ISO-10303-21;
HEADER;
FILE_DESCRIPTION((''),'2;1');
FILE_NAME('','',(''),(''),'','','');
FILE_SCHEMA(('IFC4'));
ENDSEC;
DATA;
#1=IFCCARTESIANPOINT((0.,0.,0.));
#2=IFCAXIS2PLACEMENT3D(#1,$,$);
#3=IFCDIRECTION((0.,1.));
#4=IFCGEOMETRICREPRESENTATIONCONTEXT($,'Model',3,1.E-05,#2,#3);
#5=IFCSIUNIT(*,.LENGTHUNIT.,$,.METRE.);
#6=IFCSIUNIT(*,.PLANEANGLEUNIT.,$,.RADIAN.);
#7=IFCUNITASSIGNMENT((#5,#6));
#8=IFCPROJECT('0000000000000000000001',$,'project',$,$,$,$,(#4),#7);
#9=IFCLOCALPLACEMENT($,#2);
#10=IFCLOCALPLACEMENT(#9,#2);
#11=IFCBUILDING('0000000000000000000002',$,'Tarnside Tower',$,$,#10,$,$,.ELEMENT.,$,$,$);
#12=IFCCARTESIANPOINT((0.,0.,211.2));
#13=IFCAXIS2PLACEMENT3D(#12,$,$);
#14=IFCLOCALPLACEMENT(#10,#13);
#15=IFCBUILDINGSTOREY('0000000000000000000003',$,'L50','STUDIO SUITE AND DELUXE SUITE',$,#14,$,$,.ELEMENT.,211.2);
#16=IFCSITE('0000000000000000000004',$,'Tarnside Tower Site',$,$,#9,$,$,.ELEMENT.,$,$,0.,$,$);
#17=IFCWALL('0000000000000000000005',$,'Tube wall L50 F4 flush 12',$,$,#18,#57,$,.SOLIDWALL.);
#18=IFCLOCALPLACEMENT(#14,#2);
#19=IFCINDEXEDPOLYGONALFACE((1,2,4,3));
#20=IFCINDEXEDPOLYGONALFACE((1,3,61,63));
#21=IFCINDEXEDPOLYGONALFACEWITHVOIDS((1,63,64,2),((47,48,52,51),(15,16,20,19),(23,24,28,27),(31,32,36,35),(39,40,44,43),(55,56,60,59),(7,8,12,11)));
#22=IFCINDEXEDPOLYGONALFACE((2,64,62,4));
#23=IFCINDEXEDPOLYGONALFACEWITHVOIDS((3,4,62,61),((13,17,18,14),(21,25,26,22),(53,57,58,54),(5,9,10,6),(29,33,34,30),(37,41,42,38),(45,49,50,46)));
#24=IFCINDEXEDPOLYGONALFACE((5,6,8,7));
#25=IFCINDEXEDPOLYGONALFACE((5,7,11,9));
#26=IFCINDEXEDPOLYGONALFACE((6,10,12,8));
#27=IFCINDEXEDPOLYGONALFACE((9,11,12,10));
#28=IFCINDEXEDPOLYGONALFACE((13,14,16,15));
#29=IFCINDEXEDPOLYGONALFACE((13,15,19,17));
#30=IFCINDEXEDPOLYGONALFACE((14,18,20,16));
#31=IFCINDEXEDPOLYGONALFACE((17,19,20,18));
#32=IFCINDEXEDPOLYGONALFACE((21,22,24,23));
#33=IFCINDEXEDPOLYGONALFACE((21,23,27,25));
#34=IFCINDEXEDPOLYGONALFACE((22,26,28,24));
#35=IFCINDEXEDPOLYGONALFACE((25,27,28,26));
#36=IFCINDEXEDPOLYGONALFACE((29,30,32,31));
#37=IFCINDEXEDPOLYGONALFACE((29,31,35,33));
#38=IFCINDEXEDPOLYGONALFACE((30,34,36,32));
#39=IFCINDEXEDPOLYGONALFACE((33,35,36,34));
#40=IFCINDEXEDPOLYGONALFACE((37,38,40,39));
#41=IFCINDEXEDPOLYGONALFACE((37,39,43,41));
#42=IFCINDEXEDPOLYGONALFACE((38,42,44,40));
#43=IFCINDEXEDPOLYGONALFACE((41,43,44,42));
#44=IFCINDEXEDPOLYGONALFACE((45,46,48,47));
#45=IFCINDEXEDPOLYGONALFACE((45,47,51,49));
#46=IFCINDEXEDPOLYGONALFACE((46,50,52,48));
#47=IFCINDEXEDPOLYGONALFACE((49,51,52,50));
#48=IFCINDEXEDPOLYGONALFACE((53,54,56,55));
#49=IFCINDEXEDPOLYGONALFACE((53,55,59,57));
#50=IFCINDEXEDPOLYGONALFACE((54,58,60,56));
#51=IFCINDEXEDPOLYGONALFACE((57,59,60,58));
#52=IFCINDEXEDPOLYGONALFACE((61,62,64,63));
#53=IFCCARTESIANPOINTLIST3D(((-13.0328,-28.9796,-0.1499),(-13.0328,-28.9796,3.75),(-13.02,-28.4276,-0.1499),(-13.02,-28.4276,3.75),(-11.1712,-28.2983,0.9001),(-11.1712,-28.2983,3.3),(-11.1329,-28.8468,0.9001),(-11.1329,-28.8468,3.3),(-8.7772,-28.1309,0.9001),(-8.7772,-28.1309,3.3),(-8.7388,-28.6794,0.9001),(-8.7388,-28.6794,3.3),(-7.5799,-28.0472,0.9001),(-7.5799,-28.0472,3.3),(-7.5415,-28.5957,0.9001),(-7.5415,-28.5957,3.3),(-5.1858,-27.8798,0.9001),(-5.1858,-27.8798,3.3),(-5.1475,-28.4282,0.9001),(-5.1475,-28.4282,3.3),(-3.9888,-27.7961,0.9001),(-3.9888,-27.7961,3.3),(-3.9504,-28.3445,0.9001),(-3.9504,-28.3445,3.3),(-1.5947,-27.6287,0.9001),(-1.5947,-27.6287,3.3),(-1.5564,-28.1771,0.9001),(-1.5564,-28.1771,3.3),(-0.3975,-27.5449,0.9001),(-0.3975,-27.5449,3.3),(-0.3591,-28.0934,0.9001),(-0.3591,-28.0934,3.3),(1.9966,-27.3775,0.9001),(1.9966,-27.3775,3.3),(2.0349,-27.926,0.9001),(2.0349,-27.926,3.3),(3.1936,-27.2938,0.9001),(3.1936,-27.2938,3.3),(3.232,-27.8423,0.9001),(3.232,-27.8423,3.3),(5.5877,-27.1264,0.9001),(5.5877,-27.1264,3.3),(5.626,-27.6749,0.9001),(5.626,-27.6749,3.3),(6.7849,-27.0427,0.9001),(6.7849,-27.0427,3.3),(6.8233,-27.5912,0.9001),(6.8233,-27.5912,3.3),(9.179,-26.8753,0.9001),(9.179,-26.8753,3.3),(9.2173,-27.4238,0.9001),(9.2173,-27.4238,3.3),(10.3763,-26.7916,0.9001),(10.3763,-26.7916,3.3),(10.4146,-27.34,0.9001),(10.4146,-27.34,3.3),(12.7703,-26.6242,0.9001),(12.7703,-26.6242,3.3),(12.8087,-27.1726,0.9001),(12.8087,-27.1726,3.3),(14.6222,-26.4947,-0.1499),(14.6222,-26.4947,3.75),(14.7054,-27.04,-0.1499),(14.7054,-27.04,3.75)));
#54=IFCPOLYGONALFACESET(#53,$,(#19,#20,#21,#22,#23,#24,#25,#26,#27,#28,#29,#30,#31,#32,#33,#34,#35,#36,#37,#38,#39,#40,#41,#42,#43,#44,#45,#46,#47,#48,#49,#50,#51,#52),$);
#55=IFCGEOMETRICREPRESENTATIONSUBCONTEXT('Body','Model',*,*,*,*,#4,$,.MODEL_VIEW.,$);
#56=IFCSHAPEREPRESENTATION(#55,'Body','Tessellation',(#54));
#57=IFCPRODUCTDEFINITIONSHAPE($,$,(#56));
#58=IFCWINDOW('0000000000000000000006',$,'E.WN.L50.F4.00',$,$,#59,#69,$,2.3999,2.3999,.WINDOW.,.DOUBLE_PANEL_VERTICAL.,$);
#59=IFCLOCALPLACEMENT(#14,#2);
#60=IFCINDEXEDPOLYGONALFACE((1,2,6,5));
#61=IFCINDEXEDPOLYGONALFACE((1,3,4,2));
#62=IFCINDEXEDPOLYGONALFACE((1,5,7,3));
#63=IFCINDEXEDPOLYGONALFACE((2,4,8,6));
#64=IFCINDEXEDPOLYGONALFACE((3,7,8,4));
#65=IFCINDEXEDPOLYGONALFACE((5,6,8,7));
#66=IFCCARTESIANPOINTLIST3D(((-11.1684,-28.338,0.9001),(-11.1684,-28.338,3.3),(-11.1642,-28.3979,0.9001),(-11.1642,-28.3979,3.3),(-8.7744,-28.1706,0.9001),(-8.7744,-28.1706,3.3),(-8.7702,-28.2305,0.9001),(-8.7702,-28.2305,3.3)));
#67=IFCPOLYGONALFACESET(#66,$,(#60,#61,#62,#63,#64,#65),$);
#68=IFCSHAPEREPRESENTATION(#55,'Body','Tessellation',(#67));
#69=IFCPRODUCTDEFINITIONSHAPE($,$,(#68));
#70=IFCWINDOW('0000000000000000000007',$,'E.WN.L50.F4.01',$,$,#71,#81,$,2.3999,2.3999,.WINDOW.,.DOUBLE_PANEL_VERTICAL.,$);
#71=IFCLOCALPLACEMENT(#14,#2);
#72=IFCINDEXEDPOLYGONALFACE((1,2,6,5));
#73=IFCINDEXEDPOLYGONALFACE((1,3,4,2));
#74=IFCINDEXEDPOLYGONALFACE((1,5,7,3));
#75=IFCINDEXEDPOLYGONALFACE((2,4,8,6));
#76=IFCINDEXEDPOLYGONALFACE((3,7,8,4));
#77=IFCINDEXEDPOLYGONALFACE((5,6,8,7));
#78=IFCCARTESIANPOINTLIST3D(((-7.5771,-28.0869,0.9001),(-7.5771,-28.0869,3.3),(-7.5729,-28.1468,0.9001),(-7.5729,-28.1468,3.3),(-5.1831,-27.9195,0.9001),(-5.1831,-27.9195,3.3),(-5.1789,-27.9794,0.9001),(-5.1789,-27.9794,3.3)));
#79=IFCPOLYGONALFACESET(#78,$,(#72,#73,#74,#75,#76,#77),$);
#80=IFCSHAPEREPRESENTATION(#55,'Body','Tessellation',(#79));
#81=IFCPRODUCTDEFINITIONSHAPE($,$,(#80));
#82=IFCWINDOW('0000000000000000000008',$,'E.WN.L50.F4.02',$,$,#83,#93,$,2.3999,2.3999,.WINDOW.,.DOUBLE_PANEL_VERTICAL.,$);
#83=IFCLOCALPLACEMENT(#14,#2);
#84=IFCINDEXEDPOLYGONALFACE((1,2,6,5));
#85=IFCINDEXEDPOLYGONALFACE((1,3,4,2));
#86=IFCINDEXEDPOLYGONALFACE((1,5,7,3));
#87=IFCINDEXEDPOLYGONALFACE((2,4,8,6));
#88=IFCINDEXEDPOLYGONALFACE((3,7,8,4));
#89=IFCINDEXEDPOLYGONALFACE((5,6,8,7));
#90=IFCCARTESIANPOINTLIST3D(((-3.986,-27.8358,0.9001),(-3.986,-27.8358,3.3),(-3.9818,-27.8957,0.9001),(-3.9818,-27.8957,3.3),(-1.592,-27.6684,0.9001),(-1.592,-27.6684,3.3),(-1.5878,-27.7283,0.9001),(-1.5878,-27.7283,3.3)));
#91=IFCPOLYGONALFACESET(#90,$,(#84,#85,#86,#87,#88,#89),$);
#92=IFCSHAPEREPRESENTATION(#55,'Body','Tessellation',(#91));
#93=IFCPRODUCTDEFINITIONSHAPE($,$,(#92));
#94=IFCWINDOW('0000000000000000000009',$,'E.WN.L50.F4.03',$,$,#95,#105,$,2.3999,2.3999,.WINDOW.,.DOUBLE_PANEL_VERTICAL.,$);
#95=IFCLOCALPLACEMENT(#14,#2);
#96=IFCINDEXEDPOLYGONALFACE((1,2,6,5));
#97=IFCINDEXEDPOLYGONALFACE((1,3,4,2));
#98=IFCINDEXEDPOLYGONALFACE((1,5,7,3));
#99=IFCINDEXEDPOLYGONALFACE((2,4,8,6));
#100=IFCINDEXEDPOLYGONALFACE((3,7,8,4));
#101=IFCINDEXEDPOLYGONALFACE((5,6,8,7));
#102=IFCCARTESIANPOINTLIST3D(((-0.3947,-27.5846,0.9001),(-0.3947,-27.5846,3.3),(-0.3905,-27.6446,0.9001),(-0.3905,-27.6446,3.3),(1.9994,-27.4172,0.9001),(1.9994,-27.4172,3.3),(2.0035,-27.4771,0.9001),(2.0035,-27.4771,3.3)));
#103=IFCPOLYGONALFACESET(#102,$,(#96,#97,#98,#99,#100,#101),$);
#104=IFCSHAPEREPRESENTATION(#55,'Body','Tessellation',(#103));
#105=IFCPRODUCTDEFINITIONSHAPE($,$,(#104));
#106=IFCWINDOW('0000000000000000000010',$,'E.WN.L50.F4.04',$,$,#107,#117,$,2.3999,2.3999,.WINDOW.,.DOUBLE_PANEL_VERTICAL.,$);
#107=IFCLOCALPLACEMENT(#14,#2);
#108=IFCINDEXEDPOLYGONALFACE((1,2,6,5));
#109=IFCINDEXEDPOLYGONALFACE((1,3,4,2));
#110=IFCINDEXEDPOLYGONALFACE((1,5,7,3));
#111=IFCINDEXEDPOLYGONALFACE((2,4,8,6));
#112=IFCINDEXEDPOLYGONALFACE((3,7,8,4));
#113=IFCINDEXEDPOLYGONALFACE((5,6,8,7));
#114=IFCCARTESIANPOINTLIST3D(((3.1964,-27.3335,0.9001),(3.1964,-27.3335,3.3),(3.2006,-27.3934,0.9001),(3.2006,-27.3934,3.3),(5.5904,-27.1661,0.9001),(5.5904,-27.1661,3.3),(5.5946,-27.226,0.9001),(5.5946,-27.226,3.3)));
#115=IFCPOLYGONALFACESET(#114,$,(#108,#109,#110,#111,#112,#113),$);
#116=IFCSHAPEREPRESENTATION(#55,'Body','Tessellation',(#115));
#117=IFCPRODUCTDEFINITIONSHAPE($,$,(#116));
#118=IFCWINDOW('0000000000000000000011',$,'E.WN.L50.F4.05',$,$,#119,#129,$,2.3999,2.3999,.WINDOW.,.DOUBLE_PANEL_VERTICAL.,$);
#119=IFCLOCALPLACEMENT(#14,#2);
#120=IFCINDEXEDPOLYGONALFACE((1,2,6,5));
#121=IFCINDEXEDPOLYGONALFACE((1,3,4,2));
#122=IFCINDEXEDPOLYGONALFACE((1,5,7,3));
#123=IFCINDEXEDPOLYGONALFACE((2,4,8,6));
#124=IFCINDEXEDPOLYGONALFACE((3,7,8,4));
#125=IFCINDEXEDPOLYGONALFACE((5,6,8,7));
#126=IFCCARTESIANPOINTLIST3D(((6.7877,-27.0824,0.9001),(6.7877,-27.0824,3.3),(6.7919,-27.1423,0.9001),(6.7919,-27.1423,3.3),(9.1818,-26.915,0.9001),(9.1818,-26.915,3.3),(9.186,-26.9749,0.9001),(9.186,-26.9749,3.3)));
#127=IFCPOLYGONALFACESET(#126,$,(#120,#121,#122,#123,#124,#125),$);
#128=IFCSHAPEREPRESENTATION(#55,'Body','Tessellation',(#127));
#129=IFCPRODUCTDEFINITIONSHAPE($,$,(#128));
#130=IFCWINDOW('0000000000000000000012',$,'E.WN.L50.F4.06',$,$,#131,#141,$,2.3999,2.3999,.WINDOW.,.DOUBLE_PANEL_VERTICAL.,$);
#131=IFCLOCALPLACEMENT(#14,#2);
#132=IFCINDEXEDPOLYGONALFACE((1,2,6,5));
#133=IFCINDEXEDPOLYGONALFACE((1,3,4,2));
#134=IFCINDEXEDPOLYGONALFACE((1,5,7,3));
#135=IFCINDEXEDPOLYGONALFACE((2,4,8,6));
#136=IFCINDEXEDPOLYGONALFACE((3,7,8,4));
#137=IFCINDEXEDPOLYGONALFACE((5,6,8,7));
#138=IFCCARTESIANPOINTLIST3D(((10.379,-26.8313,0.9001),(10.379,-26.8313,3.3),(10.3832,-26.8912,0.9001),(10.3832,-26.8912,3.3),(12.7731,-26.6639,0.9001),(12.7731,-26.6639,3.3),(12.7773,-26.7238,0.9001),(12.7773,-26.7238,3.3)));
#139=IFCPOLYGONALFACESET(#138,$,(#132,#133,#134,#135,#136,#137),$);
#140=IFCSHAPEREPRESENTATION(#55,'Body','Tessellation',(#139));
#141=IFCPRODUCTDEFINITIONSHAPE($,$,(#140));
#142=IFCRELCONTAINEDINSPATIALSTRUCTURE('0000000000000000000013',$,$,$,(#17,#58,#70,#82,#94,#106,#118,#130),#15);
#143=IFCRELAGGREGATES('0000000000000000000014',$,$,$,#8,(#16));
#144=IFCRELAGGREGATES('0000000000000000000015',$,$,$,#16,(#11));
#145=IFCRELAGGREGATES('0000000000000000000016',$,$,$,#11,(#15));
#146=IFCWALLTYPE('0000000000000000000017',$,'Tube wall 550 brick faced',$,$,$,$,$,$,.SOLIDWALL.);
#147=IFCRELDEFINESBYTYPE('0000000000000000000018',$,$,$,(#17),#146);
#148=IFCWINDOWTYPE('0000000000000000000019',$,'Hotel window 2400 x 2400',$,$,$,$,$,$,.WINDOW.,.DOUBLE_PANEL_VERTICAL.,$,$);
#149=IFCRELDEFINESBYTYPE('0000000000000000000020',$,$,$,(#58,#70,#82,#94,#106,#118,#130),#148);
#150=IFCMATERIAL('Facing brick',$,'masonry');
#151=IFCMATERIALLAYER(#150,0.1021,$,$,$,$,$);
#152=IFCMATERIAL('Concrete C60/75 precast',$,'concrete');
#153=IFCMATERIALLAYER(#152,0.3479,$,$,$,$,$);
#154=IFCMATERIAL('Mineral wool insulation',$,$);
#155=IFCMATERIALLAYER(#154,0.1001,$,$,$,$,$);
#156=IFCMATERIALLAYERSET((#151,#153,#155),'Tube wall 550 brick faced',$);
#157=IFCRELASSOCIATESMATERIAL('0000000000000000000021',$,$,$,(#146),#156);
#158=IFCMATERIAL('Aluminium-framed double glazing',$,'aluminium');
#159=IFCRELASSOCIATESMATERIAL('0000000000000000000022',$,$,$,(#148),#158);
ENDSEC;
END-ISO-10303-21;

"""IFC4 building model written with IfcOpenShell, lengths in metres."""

from ifc_helpers import new_model, si_unit, direction, frame, frame_2d, origin, place, context, subcontext, project, spatial, polyline, rectangle, outline, extrude, material, layer, layer_set, type_object, element, fill, save


model = new_model("IFC4")

# Units and contexts
model_context = context("Model", 3, precision=1e-05, world=origin(), true_north=direction((0.0, 1.0)))
body_context = subcontext(model_context, "Body", "Model", "MODEL_VIEW")
ifc_project = project(units=[si_unit("LENGTHUNIT", "METRE"), si_unit("PLANEANGLEUNIT", "RADIAN")], contexts=[model_context])

# Site, building, storey
site_placement = place(None, origin())
site = spatial("IfcSite", under=ifc_project, at=site_placement, Name="Tarnside Tower Site", CompositionType="ELEMENT", RefElevation=0.0)
building_placement = place(site_placement, origin())
building = spatial("IfcBuilding", under=site, at=building_placement, Name="Tarnside Tower", CompositionType="ELEMENT")
storey_placement = place(building_placement, frame((0.0, 0.0, 211.2)))
storey = spatial("IfcBuildingStorey", under=building, at=storey_placement, Name="L50", Description="STUDIO SUITE AND DELUXE SUITE", CompositionType="ELEMENT", Elevation=211.2)

# Wall, openings, windows
ifc_material_1 = material(Name="Facing brick", Category="masonry")
ifc_layer_1 = layer(ifc_material_1, 0.1021)
ifc_material_2 = material(Name="Concrete C60/75 precast", Category="concrete")
ifc_layer_2 = layer(ifc_material_2, 0.3479)
ifc_material_3 = material(Name="Mineral wool insulation")
ifc_layer_3 = layer(ifc_material_3, 0.1001)
ifc_layer_set_1 = layer_set([ifc_layer_1, ifc_layer_2, ifc_layer_3], Name="Tube wall 550 brick faced")
wall_type_1 = type_object("IfcWallType", Name="Tube wall 550 brick faced", PredefinedType="SOLIDWALL", material=ifc_layer_set_1)
wall_1_placement = place(storey_placement, frame((-13.0264, -28.7036, -0.1499), z_axis=(0.0, 0.0, 1.0), x_axis=(0.997564, 0.069756, 0.0)))
wall_1 = element("IfcWall", 1, at=wall_1_placement, inside=storey, type_object=wall_type_1, Name="Tube wall L50 F4 flush 12", PredefinedType="SOLIDWALL", context=body_context, shape_type="SweptSolid", body=[
    extrude(outline(polyline([(-0.0256, -0.2749), (27.7803, -0.2749), (27.7354, 0.2749), (0.0256, 0.2749), (-0.0256, -0.2749)])), origin(), (0.0, 0.0, 1.0), 3.8999),
])
opening_1_placement = place(wall_1_placement, frame((1.8789, 0.0, 1.05)))
opening_1 = element("IfcOpeningElement", 2, at=opening_1_placement, cuts=wall_1, PredefinedType="OPENING", context=body_context, shape_type="SweptSolid", body=[
    extrude(rectangle(XDim=2.3999, YDim=2.3999, at=frame_2d((1.2, 1.2))), frame((0.0, 0.2852, 0.0), z_axis=(0.0, -1.0, 0.0), x_axis=(1.0, 0.0, 0.0)), (0.0, 0.0, 1.0), 0.5701),
])
opening_2_placement = place(wall_1_placement, frame((5.479, 0.0, 1.05)))
opening_2 = element("IfcOpeningElement", 3, at=opening_2_placement, cuts=wall_1, PredefinedType="OPENING", context=body_context, shape_type="SweptSolid", body=[
    extrude(rectangle(XDim=2.3999, YDim=2.3999, at=frame_2d((1.2, 1.2))), frame((0.0, 0.2852, 0.0), z_axis=(0.0, -1.0, 0.0), x_axis=(1.0, 0.0, 0.0)), (0.0, 0.0, 1.0), 0.5701),
])
opening_3_placement = place(wall_1_placement, frame((9.0789, 0.0, 1.05)))
opening_3 = element("IfcOpeningElement", 4, at=opening_3_placement, cuts=wall_1, PredefinedType="OPENING", context=body_context, shape_type="SweptSolid", body=[
    extrude(rectangle(XDim=2.3999, YDim=2.3999, at=frame_2d((1.2, 1.2))), frame((0.0, 0.2852, 0.0), z_axis=(0.0, -1.0, 0.0), x_axis=(1.0, 0.0, 0.0)), (0.0, 0.0, 1.0), 0.5701),
])
opening_4_placement = place(wall_1_placement, frame((12.679, 0.0, 1.05)))
opening_4 = element("IfcOpeningElement", 5, at=opening_4_placement, cuts=wall_1, PredefinedType="OPENING", context=body_context, shape_type="SweptSolid", body=[
    extrude(rectangle(XDim=2.3999, YDim=2.3999, at=frame_2d((1.2, 1.2))), frame((0.0, 0.2852, 0.0), z_axis=(0.0, -1.0, 0.0), x_axis=(1.0, 0.0, 0.0)), (0.0, 0.0, 1.0), 0.5701),
])
opening_5_placement = place(wall_1_placement, frame((16.2788, 0.0, 1.05)))
opening_5 = element("IfcOpeningElement", 6, at=opening_5_placement, cuts=wall_1, PredefinedType="OPENING", context=body_context, shape_type="SweptSolid", body=[
    extrude(rectangle(XDim=2.3999, YDim=2.3999, at=frame_2d((1.2, 1.2))), frame((0.0, 0.2852, 0.0), z_axis=(0.0, -1.0, 0.0), x_axis=(1.0, 0.0, 0.0)), (0.0, 0.0, 1.0), 0.5701),
])
opening_6_placement = place(wall_1_placement, frame((19.8789, 0.0, 1.05)))
opening_6 = element("IfcOpeningElement", 7, at=opening_6_placement, cuts=wall_1, PredefinedType="OPENING", context=body_context, shape_type="SweptSolid", body=[
    extrude(rectangle(XDim=2.3999, YDim=2.3999, at=frame_2d((1.2, 1.2))), frame((0.0, 0.2852, 0.0), z_axis=(0.0, -1.0, 0.0), x_axis=(1.0, 0.0, 0.0)), (0.0, 0.0, 1.0), 0.5701),
])
opening_7_placement = place(wall_1_placement, frame((23.479, 0.0, 1.05)))
opening_7 = element("IfcOpeningElement", 8, at=opening_7_placement, cuts=wall_1, PredefinedType="OPENING", context=body_context, shape_type="SweptSolid", body=[
    extrude(rectangle(XDim=2.3999, YDim=2.3999, at=frame_2d((1.2, 1.2))), frame((0.0, 0.2852, 0.0), z_axis=(0.0, -1.0, 0.0), x_axis=(1.0, 0.0, 0.0)), (0.0, 0.0, 1.0), 0.5701),
])
ifc_material_4 = material(Name="Aluminium-framed double glazing", Category="aluminium")
window_type = type_object("IfcWindowType", Name="Hotel window 2400 x 2400", PartitioningType="DOUBLE_PANEL_VERTICAL", PredefinedType="WINDOW", material=ifc_material_4)
window_1_placement = place(opening_1_placement, frame((0.0, 0.2051, 0.0)))
window_1 = element("IfcWindow", 9, at=window_1_placement, inside=storey, type_object=window_type, Name="E.WN.L50.F4.00", OverallHeight=2.3999, OverallWidth=2.3999, PartitioningType="DOUBLE_PANEL_VERTICAL", PredefinedType="WINDOW", context=body_context, shape_type="SweptSolid", body=[
    extrude(rectangle(XDim=2.3999, YDim=2.3999, at=frame_2d((1.2, 1.2))), frame((0.0, 0.03, 0.0), z_axis=(0.0, -1.0, 0.0), x_axis=(1.0, 0.0, 0.0)), (0.0, 0.0, 1.0), 0.0601),
])
fill(opening_1, window_1)
window_2_placement = place(opening_2_placement, frame((0.0, 0.2051, 0.0)))
window_2 = element("IfcWindow", 10, at=window_2_placement, inside=storey, type_object=window_type, Name="E.WN.L50.F4.01", OverallHeight=2.3999, OverallWidth=2.3999, PartitioningType="DOUBLE_PANEL_VERTICAL", PredefinedType="WINDOW", context=body_context, shape_type="SweptSolid", body=[
    extrude(rectangle(XDim=2.3999, YDim=2.3999, at=frame_2d((1.2, 1.2))), frame((0.0, 0.03, 0.0), z_axis=(0.0, -1.0, 0.0), x_axis=(1.0, 0.0, 0.0)), (0.0, 0.0, 1.0), 0.0601),
])
fill(opening_2, window_2)
window_3_placement = place(opening_3_placement, frame((0.0, 0.2051, 0.0)))
window_3 = element("IfcWindow", 11, at=window_3_placement, inside=storey, type_object=window_type, Name="E.WN.L50.F4.02", OverallHeight=2.3999, OverallWidth=2.3999, PartitioningType="DOUBLE_PANEL_VERTICAL", PredefinedType="WINDOW", context=body_context, shape_type="SweptSolid", body=[
    extrude(rectangle(XDim=2.3999, YDim=2.3999, at=frame_2d((1.2, 1.2))), frame((0.0, 0.03, 0.0), z_axis=(0.0, -1.0, 0.0), x_axis=(1.0, 0.0, 0.0)), (0.0, 0.0, 1.0), 0.0601),
])
fill(opening_3, window_3)
window_4_placement = place(opening_4_placement, frame((0.0, 0.2051, 0.0)))
window_4 = element("IfcWindow", 12, at=window_4_placement, inside=storey, type_object=window_type, Name="E.WN.L50.F4.03", OverallHeight=2.3999, OverallWidth=2.3999, PartitioningType="DOUBLE_PANEL_VERTICAL", PredefinedType="WINDOW", context=body_context, shape_type="SweptSolid", body=[
    extrude(rectangle(XDim=2.3999, YDim=2.3999, at=frame_2d((1.2, 1.2))), frame((0.0, 0.03, 0.0), z_axis=(0.0, -1.0, 0.0), x_axis=(1.0, 0.0, 0.0)), (0.0, 0.0, 1.0), 0.0601),
])
fill(opening_4, window_4)
window_5_placement = place(opening_5_placement, frame((0.0, 0.2051, 0.0)))
window_5 = element("IfcWindow", 13, at=window_5_placement, inside=storey, type_object=window_type, Name="E.WN.L50.F4.04", OverallHeight=2.3999, OverallWidth=2.3999, PartitioningType="DOUBLE_PANEL_VERTICAL", PredefinedType="WINDOW", context=body_context, shape_type="SweptSolid", body=[
    extrude(rectangle(XDim=2.3999, YDim=2.3999, at=frame_2d((1.2, 1.2))), frame((0.0, 0.03, 0.0), z_axis=(0.0, -1.0, 0.0), x_axis=(1.0, 0.0, 0.0)), (0.0, 0.0, 1.0), 0.0601),
])
fill(opening_5, window_5)
window_6_placement = place(opening_6_placement, frame((0.0, 0.2051, 0.0)))
window_6 = element("IfcWindow", 14, at=window_6_placement, inside=storey, type_object=window_type, Name="E.WN.L50.F4.05", OverallHeight=2.3999, OverallWidth=2.3999, PartitioningType="DOUBLE_PANEL_VERTICAL", PredefinedType="WINDOW", context=body_context, shape_type="SweptSolid", body=[
    extrude(rectangle(XDim=2.3999, YDim=2.3999, at=frame_2d((1.2, 1.2))), frame((0.0, 0.03, 0.0), z_axis=(0.0, -1.0, 0.0), x_axis=(1.0, 0.0, 0.0)), (0.0, 0.0, 1.0), 0.0601),
])
fill(opening_6, window_6)
window_7_placement = place(opening_7_placement, frame((0.0, 0.2051, 0.0)))
window_7 = element("IfcWindow", 15, at=window_7_placement, inside=storey, type_object=window_type, Name="E.WN.L50.F4.06", OverallHeight=2.3999, OverallWidth=2.3999, PartitioningType="DOUBLE_PANEL_VERTICAL", PredefinedType="WINDOW", context=body_context, shape_type="SweptSolid", body=[
    extrude(rectangle(XDim=2.3999, YDim=2.3999, at=frame_2d((1.2, 1.2))), frame((0.0, 0.03, 0.0), z_axis=(0.0, -1.0, 0.0), x_axis=(1.0, 0.0, 0.0)), (0.0, 0.0, 1.0), 0.0601),
])
fill(opening_7, window_7)

save(model, "model.ifc")
